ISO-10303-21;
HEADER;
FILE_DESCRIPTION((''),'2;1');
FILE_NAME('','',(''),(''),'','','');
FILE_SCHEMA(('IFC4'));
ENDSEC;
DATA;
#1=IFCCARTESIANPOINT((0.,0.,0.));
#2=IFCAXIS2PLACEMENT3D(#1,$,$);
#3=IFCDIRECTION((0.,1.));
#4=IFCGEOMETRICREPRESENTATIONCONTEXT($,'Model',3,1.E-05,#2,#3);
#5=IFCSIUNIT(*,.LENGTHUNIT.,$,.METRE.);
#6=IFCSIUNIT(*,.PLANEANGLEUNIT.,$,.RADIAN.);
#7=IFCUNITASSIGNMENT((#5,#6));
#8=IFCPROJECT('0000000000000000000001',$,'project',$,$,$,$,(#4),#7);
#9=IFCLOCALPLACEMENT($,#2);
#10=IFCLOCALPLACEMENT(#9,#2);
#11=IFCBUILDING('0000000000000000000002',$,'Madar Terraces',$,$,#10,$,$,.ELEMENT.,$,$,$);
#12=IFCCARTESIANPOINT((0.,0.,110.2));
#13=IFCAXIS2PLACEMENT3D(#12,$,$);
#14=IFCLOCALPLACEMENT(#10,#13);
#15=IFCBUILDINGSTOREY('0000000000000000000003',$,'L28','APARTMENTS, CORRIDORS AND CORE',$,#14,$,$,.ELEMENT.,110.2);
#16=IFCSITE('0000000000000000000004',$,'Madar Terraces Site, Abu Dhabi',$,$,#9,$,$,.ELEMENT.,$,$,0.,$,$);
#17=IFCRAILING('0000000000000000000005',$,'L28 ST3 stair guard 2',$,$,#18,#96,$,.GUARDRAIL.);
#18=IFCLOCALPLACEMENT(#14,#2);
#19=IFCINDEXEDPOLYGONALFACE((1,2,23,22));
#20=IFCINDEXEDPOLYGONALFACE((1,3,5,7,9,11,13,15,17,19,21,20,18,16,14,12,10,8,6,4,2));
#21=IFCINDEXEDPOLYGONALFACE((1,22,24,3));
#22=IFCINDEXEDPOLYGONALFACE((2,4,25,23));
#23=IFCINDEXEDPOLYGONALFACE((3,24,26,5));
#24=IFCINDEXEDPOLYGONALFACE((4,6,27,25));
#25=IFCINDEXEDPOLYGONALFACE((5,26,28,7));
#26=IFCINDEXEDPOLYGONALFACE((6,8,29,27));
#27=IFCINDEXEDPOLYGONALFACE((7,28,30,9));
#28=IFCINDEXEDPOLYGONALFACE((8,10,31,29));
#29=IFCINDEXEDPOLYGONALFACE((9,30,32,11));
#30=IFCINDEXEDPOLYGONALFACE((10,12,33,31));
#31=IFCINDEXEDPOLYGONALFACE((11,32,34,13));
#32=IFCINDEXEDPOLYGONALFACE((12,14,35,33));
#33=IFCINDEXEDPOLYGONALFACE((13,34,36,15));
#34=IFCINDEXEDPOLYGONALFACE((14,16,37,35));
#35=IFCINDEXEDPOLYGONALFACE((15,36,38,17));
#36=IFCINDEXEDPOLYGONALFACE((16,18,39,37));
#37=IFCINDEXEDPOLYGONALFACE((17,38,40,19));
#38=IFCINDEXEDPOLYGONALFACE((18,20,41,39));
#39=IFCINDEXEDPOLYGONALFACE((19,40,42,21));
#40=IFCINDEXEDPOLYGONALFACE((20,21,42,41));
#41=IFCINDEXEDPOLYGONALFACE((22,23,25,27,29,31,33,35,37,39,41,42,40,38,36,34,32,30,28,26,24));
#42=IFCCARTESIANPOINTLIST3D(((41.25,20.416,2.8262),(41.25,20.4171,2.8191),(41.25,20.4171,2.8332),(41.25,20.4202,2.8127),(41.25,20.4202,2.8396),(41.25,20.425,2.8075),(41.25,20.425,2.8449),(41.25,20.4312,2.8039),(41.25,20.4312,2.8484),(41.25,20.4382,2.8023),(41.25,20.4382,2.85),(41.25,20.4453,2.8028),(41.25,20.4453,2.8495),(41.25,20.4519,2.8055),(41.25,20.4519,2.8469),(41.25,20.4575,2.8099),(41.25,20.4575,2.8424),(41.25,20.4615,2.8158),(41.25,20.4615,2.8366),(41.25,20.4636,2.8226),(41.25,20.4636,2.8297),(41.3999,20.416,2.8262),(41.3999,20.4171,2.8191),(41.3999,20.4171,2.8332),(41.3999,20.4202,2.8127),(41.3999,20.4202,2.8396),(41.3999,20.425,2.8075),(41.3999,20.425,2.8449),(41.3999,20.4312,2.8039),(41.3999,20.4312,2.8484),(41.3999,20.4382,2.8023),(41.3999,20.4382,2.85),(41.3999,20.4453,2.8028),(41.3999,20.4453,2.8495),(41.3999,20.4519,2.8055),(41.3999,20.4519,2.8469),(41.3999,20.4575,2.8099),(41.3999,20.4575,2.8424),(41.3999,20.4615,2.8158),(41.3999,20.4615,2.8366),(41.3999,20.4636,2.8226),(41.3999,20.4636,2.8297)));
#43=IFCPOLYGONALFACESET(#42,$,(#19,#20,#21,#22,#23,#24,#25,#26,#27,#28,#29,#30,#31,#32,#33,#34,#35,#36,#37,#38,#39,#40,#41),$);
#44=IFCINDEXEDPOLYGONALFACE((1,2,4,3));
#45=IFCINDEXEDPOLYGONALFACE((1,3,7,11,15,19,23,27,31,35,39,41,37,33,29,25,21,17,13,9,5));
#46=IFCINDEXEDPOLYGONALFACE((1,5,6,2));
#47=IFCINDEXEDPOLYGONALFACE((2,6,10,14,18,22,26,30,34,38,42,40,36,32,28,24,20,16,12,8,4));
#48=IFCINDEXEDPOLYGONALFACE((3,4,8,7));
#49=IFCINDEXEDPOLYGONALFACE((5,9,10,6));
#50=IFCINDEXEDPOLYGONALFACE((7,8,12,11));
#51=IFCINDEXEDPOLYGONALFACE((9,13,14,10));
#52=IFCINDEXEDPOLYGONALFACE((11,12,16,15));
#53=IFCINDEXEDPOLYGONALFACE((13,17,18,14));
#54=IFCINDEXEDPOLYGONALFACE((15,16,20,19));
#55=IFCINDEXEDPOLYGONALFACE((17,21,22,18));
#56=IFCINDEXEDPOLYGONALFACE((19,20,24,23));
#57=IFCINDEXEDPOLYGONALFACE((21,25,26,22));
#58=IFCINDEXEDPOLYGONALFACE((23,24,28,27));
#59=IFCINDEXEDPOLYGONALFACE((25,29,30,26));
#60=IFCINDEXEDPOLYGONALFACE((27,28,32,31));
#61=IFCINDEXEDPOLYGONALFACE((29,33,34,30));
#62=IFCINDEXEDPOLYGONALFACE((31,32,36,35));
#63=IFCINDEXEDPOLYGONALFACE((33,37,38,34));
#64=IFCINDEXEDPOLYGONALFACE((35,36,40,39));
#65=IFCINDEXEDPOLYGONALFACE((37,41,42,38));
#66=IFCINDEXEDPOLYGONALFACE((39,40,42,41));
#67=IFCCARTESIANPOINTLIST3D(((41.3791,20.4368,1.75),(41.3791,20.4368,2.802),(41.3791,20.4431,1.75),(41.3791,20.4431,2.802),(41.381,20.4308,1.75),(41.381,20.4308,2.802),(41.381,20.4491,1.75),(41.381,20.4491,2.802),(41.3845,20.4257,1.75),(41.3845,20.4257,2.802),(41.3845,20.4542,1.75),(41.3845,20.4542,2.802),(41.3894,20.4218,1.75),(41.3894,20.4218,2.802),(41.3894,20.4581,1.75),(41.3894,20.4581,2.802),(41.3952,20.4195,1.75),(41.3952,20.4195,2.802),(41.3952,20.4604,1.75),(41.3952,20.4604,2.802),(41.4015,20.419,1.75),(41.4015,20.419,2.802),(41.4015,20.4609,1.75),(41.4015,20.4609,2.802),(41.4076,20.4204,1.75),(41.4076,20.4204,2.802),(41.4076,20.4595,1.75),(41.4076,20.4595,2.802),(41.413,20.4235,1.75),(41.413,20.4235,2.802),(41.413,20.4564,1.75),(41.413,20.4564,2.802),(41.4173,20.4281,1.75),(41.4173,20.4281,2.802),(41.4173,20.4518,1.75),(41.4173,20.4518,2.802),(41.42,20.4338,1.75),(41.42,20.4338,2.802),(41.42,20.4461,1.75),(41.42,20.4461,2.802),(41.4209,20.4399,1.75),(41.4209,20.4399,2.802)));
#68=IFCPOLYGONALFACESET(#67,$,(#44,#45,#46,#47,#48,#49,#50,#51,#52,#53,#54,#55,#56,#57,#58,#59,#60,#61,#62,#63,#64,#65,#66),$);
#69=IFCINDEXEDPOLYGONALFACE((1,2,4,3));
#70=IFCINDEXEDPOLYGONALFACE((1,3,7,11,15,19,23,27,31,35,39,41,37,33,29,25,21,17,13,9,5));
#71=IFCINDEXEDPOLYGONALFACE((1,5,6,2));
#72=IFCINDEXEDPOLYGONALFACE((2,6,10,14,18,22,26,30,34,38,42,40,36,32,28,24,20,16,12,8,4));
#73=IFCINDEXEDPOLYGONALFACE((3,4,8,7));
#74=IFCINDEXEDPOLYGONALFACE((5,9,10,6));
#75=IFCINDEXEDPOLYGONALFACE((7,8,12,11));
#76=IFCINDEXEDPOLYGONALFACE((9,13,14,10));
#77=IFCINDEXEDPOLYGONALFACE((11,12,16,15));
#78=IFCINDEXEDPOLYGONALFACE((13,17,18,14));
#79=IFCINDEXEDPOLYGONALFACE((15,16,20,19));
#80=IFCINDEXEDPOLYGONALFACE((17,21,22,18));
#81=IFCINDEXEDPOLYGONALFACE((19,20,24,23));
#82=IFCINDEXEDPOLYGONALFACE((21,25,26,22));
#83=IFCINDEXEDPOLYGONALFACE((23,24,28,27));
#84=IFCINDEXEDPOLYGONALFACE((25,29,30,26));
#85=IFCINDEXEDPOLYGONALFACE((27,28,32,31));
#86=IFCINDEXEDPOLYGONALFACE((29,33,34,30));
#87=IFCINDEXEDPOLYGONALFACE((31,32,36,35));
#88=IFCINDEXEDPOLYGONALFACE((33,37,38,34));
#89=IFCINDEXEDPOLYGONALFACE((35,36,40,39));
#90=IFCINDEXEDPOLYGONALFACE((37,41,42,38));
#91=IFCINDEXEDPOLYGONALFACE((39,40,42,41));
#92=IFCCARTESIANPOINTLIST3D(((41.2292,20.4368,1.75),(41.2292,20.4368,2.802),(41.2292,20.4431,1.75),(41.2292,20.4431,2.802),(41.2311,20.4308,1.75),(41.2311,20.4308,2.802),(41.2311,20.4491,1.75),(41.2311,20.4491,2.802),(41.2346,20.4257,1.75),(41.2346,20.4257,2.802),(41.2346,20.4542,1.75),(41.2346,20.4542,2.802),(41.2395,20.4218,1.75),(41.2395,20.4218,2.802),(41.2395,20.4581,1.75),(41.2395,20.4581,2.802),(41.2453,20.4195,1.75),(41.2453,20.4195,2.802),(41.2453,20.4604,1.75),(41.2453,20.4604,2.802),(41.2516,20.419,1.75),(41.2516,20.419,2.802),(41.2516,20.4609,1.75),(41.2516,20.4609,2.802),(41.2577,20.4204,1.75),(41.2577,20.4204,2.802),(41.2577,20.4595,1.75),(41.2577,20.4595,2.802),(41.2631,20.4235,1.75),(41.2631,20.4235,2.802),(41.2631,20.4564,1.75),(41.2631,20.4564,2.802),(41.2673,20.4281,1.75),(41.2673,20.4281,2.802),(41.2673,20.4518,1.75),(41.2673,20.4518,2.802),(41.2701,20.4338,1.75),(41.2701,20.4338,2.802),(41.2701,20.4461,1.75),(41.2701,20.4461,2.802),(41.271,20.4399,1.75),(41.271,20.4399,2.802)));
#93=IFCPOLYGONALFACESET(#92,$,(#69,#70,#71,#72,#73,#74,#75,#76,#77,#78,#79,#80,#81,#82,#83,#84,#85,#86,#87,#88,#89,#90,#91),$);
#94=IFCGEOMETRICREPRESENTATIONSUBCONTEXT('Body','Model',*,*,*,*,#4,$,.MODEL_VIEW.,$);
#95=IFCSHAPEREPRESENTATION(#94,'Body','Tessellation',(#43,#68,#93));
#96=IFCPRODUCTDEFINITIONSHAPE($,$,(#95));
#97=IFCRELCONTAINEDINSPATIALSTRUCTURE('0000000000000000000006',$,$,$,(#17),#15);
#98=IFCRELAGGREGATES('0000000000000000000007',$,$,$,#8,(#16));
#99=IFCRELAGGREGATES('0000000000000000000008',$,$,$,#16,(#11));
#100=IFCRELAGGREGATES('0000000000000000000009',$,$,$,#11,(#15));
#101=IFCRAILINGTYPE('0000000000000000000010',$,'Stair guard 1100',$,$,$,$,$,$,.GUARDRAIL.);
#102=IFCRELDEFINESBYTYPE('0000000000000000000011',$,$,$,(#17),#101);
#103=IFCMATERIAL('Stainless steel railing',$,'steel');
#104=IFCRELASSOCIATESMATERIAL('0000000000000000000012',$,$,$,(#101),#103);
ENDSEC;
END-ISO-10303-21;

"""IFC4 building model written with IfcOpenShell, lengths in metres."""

from ifc_helpers import new_model, si_unit, direction, frame, origin, origin_2d, place, context, subcontext, project, spatial, circle, extrude, material, type_object, element, save


model = new_model("IFC4")

# Units and contexts
model_context = context("Model", 3, precision=1e-05, world=origin(), true_north=direction((0.0, 1.0)))
body_context = subcontext(model_context, "Body", "Model", "MODEL_VIEW")
ifc_project = project(units=[si_unit("LENGTHUNIT", "METRE"), si_unit("PLANEANGLEUNIT", "RADIAN")], contexts=[model_context])

# Site, building, storey
site_placement = place(None, origin())
site = spatial("IfcSite", under=ifc_project, at=site_placement, Name="Madar Terraces Site, Abu Dhabi", CompositionType="ELEMENT", RefElevation=0.0)
building_placement = place(site_placement, origin())
building = spatial("IfcBuilding", under=site, at=building_placement, Name="Madar Terraces", CompositionType="ELEMENT")
storey_placement = place(building_placement, frame((0.0, 0.0, 110.2)))
storey = spatial("IfcBuildingStorey", under=building, at=storey_placement, Name="L28", Description="APARTMENTS, CORRIDORS AND CORE", CompositionType="ELEMENT", Elevation=110.2)

# Railing
ifc_material_1 = material(Name="Stainless steel railing", Category="steel")
railing_type_1 = type_object("IfcRailingType", Name="Stair guard 1100", PredefinedType="GUARDRAIL", material=ifc_material_1)
railing_1_placement = place(storey_placement, frame((41.3999, 20.4399, 1.75)))
element("IfcRailing", 1, at=railing_1_placement, inside=storey, type_object=railing_type_1, Name="L28 ST3 stair guard 2", PredefinedType="GUARDRAIL", context=body_context, shape_type="SweptSolid", body=[
    extrude(circle(Radius=0.0239, at=origin_2d()), frame((0.0, 0.0, 1.0762), z_axis=(-1.0, 0.0, 0.0), x_axis=(0.0, -1.0, 0.0)), (0.0, 0.0, 1.0), 0.1499),
    extrude(circle(Radius=0.021, at=origin_2d()), origin(), (0.0, 0.0, 1.0), 1.052),
    extrude(circle(Radius=0.021, at=origin_2d()), frame((-0.1499, 0.0, 0.0)), (0.0, 0.0, 1.0), 1.052),
])

save(model, "model.ifc")
